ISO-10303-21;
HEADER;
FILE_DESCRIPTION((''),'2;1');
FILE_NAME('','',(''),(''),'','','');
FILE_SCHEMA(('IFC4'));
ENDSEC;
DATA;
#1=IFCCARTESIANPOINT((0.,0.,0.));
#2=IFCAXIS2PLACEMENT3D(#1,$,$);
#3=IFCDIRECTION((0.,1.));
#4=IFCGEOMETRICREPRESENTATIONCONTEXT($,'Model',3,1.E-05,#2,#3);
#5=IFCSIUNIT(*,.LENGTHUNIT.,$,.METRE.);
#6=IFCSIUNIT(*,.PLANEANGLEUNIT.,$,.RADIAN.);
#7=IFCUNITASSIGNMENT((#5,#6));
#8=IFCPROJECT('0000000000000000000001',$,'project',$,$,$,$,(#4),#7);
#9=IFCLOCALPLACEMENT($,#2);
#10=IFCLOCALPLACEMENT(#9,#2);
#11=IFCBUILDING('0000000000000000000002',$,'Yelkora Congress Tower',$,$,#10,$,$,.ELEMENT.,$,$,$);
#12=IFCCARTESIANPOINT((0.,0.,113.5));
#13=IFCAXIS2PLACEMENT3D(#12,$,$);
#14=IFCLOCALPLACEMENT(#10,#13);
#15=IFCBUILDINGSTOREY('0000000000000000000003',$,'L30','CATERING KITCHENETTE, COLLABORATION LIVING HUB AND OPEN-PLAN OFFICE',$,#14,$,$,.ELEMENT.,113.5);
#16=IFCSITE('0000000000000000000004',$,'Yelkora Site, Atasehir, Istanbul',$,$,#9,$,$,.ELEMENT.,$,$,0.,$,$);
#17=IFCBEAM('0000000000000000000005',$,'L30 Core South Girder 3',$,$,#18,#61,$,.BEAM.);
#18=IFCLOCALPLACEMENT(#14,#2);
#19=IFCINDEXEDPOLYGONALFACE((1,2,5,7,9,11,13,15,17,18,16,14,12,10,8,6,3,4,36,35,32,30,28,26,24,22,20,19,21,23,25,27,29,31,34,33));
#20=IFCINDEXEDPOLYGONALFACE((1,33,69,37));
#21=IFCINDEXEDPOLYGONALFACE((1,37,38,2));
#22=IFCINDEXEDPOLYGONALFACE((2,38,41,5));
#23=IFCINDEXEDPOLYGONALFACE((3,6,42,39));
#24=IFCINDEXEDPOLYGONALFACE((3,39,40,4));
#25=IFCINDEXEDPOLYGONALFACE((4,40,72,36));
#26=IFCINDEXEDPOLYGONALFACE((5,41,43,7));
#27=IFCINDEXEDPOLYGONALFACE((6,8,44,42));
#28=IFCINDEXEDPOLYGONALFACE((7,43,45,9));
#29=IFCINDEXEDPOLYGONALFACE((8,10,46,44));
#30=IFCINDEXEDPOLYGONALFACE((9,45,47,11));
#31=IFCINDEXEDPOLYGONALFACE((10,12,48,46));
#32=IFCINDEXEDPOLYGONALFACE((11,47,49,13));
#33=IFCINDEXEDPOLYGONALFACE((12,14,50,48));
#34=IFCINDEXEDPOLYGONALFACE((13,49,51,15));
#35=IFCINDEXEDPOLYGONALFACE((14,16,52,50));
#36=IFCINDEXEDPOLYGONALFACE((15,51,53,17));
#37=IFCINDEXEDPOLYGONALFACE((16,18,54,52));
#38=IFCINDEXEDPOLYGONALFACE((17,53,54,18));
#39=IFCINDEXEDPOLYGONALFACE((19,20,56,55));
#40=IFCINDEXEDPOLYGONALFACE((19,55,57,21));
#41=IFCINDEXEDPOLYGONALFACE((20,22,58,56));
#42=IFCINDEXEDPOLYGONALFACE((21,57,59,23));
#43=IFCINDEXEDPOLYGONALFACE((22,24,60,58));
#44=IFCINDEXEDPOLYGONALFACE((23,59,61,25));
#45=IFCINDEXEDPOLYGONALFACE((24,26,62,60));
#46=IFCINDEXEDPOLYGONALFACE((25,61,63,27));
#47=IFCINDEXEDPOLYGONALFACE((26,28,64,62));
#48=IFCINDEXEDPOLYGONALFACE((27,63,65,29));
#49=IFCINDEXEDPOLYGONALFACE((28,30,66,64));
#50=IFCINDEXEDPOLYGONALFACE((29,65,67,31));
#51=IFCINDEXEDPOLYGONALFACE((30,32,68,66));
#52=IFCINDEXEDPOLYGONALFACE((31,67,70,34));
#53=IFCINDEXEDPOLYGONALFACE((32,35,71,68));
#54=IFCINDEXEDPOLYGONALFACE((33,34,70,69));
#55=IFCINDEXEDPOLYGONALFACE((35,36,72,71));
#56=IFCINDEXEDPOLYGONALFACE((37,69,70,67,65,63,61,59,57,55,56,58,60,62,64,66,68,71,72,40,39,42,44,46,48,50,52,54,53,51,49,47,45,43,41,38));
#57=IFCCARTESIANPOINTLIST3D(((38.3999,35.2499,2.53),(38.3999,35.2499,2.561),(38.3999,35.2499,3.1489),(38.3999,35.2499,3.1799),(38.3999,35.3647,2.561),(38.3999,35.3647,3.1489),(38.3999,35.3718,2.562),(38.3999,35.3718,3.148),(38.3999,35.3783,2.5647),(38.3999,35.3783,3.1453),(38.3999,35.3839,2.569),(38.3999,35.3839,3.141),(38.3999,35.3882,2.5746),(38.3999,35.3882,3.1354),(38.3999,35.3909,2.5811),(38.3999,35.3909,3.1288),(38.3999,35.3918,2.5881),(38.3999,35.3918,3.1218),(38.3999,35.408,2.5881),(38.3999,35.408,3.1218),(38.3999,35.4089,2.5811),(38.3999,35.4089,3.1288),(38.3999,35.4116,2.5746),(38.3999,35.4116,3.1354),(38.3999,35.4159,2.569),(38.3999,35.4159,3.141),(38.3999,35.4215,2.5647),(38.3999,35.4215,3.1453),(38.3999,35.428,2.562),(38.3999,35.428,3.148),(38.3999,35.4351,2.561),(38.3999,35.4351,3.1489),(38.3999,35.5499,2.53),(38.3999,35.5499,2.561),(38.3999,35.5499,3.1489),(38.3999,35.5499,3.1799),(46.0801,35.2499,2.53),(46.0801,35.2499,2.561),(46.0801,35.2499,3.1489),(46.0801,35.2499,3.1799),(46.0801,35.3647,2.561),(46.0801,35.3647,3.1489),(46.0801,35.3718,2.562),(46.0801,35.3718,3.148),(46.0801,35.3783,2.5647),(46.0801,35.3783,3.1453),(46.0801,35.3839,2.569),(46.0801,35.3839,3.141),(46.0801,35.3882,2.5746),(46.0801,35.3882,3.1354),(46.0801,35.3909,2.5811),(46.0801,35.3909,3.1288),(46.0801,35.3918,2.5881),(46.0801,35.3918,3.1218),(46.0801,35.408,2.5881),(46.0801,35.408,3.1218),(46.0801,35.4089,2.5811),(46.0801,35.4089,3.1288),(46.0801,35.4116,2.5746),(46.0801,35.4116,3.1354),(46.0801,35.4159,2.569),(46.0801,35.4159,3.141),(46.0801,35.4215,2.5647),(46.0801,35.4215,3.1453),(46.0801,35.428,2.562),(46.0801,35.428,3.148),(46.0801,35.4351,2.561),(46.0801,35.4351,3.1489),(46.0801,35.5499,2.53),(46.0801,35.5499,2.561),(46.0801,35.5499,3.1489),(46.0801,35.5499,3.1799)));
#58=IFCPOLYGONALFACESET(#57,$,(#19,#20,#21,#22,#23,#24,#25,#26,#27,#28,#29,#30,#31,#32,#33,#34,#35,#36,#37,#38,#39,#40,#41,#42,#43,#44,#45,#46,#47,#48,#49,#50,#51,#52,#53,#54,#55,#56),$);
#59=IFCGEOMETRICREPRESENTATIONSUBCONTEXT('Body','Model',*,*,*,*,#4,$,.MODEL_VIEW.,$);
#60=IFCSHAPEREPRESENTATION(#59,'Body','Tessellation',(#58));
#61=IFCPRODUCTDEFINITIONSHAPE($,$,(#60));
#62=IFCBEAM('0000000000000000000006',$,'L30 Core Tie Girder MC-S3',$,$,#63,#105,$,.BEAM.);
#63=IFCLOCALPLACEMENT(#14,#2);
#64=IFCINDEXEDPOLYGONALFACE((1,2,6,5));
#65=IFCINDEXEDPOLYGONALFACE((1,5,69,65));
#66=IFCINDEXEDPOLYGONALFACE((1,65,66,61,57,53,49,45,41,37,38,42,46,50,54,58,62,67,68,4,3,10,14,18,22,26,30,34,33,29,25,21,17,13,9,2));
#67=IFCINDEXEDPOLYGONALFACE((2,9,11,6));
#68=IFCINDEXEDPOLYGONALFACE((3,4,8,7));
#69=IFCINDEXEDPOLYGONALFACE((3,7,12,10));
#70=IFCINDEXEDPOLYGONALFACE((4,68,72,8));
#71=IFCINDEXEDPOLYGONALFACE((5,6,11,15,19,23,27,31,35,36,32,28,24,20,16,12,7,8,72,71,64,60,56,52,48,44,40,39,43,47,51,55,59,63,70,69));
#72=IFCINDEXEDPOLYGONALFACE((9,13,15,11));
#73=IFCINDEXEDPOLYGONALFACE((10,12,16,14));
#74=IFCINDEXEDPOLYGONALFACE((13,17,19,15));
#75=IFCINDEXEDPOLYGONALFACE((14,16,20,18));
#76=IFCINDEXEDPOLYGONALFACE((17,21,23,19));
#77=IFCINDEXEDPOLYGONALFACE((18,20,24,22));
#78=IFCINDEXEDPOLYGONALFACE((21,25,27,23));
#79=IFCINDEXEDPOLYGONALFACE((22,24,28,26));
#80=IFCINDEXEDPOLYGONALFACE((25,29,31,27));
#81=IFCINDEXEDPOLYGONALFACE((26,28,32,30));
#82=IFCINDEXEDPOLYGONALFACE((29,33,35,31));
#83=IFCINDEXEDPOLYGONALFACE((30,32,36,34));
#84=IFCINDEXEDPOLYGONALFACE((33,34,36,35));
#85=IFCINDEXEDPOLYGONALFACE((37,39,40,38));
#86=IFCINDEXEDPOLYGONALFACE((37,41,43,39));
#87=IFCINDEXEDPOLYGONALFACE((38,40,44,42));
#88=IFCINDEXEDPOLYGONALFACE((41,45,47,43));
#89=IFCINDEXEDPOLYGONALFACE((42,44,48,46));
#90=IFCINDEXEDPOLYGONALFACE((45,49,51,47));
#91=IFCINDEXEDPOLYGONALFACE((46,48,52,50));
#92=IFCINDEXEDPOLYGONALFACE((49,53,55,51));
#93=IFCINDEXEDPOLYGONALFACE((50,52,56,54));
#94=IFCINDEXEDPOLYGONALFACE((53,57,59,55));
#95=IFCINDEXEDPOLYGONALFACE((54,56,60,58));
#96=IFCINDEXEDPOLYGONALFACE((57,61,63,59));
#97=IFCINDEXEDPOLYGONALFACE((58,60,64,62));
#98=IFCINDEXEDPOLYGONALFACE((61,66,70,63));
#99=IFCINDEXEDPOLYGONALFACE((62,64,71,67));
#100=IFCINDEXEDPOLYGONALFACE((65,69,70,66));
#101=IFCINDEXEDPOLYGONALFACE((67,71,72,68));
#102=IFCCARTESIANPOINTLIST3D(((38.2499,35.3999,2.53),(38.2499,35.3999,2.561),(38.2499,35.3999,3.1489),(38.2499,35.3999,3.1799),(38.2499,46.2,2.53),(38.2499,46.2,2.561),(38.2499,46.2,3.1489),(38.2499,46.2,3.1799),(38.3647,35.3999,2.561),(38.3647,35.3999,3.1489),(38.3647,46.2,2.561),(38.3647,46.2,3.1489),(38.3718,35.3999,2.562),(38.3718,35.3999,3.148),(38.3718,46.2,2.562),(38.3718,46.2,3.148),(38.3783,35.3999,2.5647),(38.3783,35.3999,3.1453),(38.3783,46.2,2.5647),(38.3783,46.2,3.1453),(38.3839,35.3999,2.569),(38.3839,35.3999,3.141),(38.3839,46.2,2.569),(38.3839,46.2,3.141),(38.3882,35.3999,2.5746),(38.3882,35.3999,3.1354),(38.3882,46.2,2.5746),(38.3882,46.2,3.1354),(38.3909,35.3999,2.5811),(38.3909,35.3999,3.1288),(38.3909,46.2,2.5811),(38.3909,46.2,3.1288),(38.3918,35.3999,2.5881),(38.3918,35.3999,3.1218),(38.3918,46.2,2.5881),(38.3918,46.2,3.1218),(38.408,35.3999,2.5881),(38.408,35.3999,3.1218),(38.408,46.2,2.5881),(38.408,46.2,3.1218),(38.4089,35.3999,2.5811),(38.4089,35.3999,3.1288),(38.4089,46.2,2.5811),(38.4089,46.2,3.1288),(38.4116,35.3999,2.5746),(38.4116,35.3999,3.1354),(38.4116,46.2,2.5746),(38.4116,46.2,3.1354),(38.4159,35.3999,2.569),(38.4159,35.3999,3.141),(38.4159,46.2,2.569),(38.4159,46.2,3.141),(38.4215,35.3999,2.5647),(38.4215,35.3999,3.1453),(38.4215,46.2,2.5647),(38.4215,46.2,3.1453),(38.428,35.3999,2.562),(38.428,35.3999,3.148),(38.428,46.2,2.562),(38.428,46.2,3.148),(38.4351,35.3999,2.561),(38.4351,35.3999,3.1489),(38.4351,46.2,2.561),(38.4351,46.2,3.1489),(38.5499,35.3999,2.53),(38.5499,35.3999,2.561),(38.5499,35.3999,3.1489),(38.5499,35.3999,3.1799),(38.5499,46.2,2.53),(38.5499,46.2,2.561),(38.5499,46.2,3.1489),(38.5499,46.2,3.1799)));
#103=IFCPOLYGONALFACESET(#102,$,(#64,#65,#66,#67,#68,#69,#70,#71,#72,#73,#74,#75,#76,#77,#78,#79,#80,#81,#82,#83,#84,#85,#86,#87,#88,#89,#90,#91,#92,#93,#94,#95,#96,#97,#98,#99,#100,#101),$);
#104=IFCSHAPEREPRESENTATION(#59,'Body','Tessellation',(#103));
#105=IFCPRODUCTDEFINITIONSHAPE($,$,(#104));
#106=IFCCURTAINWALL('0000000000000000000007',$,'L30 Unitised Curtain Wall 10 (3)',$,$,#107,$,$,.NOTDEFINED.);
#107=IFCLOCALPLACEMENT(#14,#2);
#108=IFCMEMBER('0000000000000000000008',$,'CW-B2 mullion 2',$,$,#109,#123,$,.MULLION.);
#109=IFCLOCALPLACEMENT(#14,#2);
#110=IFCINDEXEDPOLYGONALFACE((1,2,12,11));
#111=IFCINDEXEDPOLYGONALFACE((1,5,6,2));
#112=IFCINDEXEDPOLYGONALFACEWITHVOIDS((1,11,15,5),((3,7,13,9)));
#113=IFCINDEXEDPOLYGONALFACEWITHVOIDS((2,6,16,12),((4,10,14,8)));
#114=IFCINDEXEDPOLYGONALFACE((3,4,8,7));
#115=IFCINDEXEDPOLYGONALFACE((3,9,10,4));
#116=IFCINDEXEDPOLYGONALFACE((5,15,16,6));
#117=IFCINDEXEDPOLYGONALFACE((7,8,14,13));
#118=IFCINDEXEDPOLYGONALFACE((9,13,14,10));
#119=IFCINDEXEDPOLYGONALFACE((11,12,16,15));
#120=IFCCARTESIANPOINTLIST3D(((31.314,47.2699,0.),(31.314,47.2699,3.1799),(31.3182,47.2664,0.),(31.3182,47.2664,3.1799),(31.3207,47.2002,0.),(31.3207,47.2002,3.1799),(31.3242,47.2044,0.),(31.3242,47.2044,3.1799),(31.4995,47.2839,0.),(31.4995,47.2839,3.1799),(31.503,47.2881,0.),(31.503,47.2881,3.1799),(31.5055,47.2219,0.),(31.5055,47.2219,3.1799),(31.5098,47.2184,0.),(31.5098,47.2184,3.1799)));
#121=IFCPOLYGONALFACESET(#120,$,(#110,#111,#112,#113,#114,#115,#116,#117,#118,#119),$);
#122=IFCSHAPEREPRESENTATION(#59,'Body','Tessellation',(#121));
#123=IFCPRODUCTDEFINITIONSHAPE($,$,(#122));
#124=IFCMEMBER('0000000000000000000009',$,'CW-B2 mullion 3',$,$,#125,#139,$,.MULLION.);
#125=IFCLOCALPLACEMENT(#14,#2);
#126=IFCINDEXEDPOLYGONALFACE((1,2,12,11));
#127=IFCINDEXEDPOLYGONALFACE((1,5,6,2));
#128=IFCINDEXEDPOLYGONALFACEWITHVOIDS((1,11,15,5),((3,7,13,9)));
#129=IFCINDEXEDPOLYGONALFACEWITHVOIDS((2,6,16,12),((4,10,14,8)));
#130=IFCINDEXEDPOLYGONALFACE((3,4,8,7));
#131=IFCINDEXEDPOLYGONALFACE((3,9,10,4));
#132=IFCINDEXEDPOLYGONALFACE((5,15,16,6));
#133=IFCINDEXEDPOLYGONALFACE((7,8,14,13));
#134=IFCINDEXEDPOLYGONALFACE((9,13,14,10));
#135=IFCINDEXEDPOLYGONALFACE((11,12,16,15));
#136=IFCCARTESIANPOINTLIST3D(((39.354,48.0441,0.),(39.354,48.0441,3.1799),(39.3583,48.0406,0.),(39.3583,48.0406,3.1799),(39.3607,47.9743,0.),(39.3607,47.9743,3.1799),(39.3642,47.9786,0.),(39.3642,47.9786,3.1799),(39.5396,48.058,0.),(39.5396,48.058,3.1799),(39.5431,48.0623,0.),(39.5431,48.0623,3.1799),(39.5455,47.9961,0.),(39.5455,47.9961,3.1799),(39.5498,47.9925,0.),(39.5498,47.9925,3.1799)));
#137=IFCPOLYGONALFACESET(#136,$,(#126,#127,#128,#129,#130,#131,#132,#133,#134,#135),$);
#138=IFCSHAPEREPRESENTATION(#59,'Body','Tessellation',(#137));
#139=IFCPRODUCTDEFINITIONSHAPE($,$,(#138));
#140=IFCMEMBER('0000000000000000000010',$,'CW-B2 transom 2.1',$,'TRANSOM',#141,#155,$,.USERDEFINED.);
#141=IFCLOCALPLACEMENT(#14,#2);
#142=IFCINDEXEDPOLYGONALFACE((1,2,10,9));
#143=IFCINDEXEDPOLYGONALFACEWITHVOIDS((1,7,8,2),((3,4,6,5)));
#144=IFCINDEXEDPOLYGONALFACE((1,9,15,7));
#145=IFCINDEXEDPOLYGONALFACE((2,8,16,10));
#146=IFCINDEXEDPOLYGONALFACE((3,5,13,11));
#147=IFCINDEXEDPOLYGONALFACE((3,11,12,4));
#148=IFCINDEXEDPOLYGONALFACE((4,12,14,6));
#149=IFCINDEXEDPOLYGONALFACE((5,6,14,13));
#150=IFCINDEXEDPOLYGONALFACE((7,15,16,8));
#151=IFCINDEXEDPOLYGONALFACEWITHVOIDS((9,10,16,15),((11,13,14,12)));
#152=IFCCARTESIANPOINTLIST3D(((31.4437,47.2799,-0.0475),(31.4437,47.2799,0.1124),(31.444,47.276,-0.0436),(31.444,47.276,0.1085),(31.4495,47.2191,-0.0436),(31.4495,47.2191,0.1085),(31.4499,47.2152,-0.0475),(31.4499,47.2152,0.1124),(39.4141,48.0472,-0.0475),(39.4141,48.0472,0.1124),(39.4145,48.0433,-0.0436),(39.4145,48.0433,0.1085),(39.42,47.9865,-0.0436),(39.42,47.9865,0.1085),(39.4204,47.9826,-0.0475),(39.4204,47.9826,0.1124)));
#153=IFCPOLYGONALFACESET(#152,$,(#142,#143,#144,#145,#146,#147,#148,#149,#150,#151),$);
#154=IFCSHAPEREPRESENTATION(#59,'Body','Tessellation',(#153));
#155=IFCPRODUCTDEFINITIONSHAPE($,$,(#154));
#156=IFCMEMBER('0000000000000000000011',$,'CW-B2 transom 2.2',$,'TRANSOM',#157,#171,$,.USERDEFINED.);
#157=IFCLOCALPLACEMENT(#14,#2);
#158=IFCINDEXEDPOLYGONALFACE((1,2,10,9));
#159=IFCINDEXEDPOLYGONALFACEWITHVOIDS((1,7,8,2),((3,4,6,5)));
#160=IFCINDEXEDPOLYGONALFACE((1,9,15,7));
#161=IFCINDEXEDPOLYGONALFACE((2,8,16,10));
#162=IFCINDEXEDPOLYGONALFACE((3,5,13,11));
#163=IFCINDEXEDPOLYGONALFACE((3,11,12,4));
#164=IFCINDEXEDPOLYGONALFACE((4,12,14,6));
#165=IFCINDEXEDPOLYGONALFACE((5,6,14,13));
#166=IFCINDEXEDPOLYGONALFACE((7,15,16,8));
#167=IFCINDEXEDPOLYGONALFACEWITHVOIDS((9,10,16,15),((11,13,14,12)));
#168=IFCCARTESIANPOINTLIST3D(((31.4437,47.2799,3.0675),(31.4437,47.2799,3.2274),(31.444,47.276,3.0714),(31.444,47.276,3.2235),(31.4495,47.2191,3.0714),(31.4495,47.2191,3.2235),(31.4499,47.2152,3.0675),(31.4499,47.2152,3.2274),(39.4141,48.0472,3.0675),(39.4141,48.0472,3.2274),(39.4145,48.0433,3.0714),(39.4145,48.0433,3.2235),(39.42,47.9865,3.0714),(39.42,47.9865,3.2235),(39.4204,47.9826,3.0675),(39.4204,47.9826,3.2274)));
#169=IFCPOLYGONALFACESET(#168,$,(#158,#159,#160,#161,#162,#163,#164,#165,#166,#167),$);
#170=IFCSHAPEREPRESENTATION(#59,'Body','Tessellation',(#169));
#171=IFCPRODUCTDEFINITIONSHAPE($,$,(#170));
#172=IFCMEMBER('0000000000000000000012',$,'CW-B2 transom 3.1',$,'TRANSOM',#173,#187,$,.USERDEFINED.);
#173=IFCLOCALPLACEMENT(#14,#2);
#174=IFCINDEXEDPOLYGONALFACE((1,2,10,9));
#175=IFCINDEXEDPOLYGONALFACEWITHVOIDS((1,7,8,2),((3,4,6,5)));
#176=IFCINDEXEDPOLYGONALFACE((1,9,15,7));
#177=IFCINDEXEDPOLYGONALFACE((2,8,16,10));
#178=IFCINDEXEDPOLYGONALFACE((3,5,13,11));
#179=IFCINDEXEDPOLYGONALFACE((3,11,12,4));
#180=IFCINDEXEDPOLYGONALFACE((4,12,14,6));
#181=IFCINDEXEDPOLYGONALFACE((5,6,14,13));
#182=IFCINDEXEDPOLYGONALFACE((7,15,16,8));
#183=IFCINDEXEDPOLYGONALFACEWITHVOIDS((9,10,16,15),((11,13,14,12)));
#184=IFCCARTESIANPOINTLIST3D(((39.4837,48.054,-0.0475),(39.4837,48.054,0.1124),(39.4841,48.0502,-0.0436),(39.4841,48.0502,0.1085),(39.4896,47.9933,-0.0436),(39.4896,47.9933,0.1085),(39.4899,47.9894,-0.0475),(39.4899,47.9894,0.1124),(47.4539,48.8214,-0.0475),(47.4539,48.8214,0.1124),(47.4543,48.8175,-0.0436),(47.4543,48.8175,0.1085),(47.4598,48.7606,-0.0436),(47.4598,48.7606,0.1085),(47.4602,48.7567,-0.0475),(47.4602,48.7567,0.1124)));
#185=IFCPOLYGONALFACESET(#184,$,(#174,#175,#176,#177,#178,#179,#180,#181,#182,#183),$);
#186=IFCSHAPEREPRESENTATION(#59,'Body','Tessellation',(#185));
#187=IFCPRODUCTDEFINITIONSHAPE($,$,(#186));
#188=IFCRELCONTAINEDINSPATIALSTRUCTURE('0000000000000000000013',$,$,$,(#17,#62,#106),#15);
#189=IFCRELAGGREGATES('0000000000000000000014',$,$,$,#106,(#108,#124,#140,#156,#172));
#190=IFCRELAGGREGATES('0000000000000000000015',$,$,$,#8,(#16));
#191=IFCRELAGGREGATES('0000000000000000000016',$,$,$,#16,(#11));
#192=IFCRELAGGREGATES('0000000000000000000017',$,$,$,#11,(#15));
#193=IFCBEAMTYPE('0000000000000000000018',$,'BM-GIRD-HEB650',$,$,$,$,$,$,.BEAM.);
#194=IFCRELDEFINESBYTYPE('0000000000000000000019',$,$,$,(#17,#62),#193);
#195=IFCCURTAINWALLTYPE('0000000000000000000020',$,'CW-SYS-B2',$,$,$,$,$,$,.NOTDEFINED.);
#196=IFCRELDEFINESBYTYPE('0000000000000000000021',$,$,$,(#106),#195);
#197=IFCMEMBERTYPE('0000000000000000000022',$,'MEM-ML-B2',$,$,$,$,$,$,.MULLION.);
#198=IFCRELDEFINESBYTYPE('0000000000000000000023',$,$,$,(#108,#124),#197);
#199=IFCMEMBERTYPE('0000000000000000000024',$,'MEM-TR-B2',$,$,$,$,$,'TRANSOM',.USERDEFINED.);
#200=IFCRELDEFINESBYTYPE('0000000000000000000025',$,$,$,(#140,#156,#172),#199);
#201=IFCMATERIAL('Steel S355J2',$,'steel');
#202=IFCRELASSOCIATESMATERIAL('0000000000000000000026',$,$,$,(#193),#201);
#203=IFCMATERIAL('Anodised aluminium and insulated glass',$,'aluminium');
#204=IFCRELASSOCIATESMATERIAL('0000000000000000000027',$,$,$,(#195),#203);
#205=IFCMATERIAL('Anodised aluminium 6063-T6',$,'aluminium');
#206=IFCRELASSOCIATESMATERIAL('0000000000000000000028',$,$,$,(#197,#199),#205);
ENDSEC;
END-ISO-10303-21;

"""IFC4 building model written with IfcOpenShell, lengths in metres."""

from ifc_helpers import new_model, si_unit, direction, frame, origin, origin_2d, place, context, subcontext, project, spatial, hollow_rectangle, i_section, extrude, material, material_profile, profile_set, type_object, element, aggregate, save


model = new_model("IFC4")

# Units and contexts
model_context = context("Model", 3, precision=1e-05, world=origin(), true_north=direction((0.0, 1.0)))
body_context = subcontext(model_context, "Body", "Model", "MODEL_VIEW")
ifc_project = project(units=[si_unit("LENGTHUNIT", "METRE"), si_unit("PLANEANGLEUNIT", "RADIAN")], contexts=[model_context])

# Site, building, storey
site_placement = place(None, origin())
site = spatial("IfcSite", under=ifc_project, at=site_placement, Name="Yelkora Site, Atasehir, Istanbul", CompositionType="ELEMENT", RefElevation=0.0)
building_placement = place(site_placement, origin())
building = spatial("IfcBuilding", under=site, at=building_placement, Name="Yelkora Congress Tower", CompositionType="ELEMENT")
storey_placement = place(building_placement, frame((0.0, 0.0, 113.5)))
storey = spatial("IfcBuildingStorey", under=building, at=storey_placement, Name="L30", Description="CATERING KITCHENETTE, COLLABORATION LIVING HUB AND OPEN-PLAN OFFICE", CompositionType="ELEMENT", Elevation=113.5)

# Beams
ifc_material_1 = material(Name="Steel S355J2", Category="steel")
ifc_material_profile_1 = material_profile(ifc_material_1, i_section(OverallWidth=0.3, OverallDepth=0.6499, WebThickness=0.0161, FlangeThickness=0.031, FilletRadius=0.0271, at=origin_2d()), Name="HEB 650")
ifc_profile_set_1 = profile_set([ifc_material_profile_1], Name="Steel S355J2")
beam_type = type_object("IfcBeamType", Name="BM-GIRD-HEB650", PredefinedType="BEAM", material=ifc_profile_set_1)
for number, where, z_axis, x_axis, name in (
    (1, (38.3999, 35.3999, 2.855), (1.0, 0.0, 0.0), (0.0, 1.0, 0.0), "L30 Core South Girder 3"),
):
    element("IfcBeam", number, at=place(storey_placement, frame(where, z_axis=z_axis, x_axis=x_axis)), inside=storey, type_object=beam_type, Name=name, PredefinedType="BEAM", context=body_context, shape_type="SweptSolid", body=[
        extrude(i_section(OverallWidth=0.3, OverallDepth=0.6499, WebThickness=0.0161, FlangeThickness=0.031, FilletRadius=0.0271, at=origin_2d()), origin(), (0.0, 0.0, 1.0), 7.6802),
    ])
beam_1_placement = place(storey_placement, frame((38.3999, 35.3999, 2.855), z_axis=(0.0, 1.0, 0.0), x_axis=(-1.0, 0.0, 0.0)))
element("IfcBeam", 2, at=beam_1_placement, inside=storey, type_object=beam_type, Name="L30 Core Tie Girder MC-S3", PredefinedType="BEAM", context=body_context, shape_type="SweptSolid", body=[
    extrude(i_section(OverallWidth=0.3, OverallDepth=0.6499, WebThickness=0.0161, FlangeThickness=0.031, FilletRadius=0.0271, at=origin_2d()), origin(), (0.0, 0.0, 1.0), 10.8),
])

# Curtain wall, members
ifc_material_2 = material(Name="Anodised aluminium and insulated glass", Category="aluminium")
curtain_wall_type = type_object("IfcCurtainWallType", Name="CW-SYS-B2", PredefinedType="NOTDEFINED", material=ifc_material_2)
curtain_wall_placement = place(storey_placement, origin())
curtain_wall = element("IfcCurtainWall", 3, at=curtain_wall_placement, inside=storey, type_object=curtain_wall_type, Name="L30 Unitised Curtain Wall 10 (3)", PredefinedType="NOTDEFINED")
ifc_material_3 = material(Name="Anodised aluminium 6063-T6", Category="aluminium")
ifc_material_profile_2 = material_profile(ifc_material_3, hollow_rectangle(XDim=0.0701, YDim=0.1899, WallThickness=0.0039, at=origin_2d()), Name="ALU 70x190x4")
ifc_profile_set_2 = profile_set([ifc_material_profile_2], Name="Anodised aluminium 6063-T6")
member_type_1 = type_object("IfcMemberType", Name="MEM-ML-B2", PredefinedType="MULLION", material=ifc_profile_set_2)
member_1_placement = place(storey_placement, frame((31.4119, 47.2441, 0.0), z_axis=(0.0, 0.0, 1.0), x_axis=(-0.095844, 0.995396, 0.0)))
member_1 = element("IfcMember", 4, at=member_1_placement, type_object=member_type_1, Name="CW-B2 mullion 2", PredefinedType="MULLION", context=body_context, shape_type="SweptSolid", body=[
    extrude(hollow_rectangle(XDim=0.0701, YDim=0.1899, WallThickness=0.0039, at=origin_2d()), origin(), (0.0, 0.0, 1.0), 3.1799),
])
member_2_placement = place(storey_placement, frame((39.4519, 48.0183, 0.0), z_axis=(0.0, 0.0, 1.0), x_axis=(-0.095844, 0.995396, 0.0)))
member_2 = element("IfcMember", 5, at=member_2_placement, type_object=member_type_1, Name="CW-B2 mullion 3", PredefinedType="MULLION", context=body_context, shape_type="SweptSolid", body=[
    extrude(hollow_rectangle(XDim=0.0701, YDim=0.1899, WallThickness=0.0039, at=origin_2d()), origin(), (0.0, 0.0, 1.0), 3.1799),
])
ifc_material_profile_3 = material_profile(ifc_material_3, hollow_rectangle(XDim=0.0649, YDim=0.1599, WallThickness=0.0039, at=origin_2d()), Name="ALU 65x160x4")
ifc_profile_set_3 = profile_set([ifc_material_profile_3], Name="Anodised aluminium 6063-T6")
member_type_2 = type_object("IfcMemberType", Name="MEM-TR-B2", ElementType="TRANSOM", PredefinedType="USERDEFINED", material=ifc_profile_set_3)
member_3_placement = place(storey_placement, frame((31.4468, 47.2476, 0.0325), z_axis=(0.995398, 0.095829, 0.0), x_axis=(-0.095829, 0.995398, 0.0)))
member_3 = element("IfcMember", 6, at=member_3_placement, type_object=member_type_2, Name="CW-B2 transom 2.1", ObjectType="TRANSOM", PredefinedType="USERDEFINED", context=body_context, shape_type="SweptSolid", body=[
    extrude(hollow_rectangle(XDim=0.0649, YDim=0.1599, WallThickness=0.0039, at=origin_2d()), origin(), (0.0, 0.0, 1.0), 8.0073),
])
member_4_placement = place(storey_placement, frame((31.4468, 47.2476, 3.1475), z_axis=(0.995398, 0.095829, 0.0), x_axis=(-0.095829, 0.995398, 0.0)))
member_4 = element("IfcMember", 7, at=member_4_placement, type_object=member_type_2, Name="CW-B2 transom 2.2", ObjectType="TRANSOM", PredefinedType="USERDEFINED", context=body_context, shape_type="SweptSolid", body=[
    extrude(hollow_rectangle(XDim=0.0649, YDim=0.1599, WallThickness=0.0039, at=origin_2d()), origin(), (0.0, 0.0, 1.0), 8.0073),
])
member_5_placement = place(storey_placement, frame((39.4868, 48.0217, 0.0325), z_axis=(0.995398, 0.095832, 0.0), x_axis=(-0.095832, 0.995398, 0.0)))
member_5 = element("IfcMember", 8, at=member_5_placement, type_object=member_type_2, Name="CW-B2 transom 3.1", ObjectType="TRANSOM", PredefinedType="USERDEFINED", context=body_context, shape_type="SweptSolid", body=[
    extrude(hollow_rectangle(XDim=0.0649, YDim=0.1599, WallThickness=0.0039, at=origin_2d()), origin(), (0.0, 0.0, 1.0), 8.0071),
])
aggregate(curtain_wall, [member_1, member_2, member_3, member_4, member_5])

save(model, "model.ifc")
